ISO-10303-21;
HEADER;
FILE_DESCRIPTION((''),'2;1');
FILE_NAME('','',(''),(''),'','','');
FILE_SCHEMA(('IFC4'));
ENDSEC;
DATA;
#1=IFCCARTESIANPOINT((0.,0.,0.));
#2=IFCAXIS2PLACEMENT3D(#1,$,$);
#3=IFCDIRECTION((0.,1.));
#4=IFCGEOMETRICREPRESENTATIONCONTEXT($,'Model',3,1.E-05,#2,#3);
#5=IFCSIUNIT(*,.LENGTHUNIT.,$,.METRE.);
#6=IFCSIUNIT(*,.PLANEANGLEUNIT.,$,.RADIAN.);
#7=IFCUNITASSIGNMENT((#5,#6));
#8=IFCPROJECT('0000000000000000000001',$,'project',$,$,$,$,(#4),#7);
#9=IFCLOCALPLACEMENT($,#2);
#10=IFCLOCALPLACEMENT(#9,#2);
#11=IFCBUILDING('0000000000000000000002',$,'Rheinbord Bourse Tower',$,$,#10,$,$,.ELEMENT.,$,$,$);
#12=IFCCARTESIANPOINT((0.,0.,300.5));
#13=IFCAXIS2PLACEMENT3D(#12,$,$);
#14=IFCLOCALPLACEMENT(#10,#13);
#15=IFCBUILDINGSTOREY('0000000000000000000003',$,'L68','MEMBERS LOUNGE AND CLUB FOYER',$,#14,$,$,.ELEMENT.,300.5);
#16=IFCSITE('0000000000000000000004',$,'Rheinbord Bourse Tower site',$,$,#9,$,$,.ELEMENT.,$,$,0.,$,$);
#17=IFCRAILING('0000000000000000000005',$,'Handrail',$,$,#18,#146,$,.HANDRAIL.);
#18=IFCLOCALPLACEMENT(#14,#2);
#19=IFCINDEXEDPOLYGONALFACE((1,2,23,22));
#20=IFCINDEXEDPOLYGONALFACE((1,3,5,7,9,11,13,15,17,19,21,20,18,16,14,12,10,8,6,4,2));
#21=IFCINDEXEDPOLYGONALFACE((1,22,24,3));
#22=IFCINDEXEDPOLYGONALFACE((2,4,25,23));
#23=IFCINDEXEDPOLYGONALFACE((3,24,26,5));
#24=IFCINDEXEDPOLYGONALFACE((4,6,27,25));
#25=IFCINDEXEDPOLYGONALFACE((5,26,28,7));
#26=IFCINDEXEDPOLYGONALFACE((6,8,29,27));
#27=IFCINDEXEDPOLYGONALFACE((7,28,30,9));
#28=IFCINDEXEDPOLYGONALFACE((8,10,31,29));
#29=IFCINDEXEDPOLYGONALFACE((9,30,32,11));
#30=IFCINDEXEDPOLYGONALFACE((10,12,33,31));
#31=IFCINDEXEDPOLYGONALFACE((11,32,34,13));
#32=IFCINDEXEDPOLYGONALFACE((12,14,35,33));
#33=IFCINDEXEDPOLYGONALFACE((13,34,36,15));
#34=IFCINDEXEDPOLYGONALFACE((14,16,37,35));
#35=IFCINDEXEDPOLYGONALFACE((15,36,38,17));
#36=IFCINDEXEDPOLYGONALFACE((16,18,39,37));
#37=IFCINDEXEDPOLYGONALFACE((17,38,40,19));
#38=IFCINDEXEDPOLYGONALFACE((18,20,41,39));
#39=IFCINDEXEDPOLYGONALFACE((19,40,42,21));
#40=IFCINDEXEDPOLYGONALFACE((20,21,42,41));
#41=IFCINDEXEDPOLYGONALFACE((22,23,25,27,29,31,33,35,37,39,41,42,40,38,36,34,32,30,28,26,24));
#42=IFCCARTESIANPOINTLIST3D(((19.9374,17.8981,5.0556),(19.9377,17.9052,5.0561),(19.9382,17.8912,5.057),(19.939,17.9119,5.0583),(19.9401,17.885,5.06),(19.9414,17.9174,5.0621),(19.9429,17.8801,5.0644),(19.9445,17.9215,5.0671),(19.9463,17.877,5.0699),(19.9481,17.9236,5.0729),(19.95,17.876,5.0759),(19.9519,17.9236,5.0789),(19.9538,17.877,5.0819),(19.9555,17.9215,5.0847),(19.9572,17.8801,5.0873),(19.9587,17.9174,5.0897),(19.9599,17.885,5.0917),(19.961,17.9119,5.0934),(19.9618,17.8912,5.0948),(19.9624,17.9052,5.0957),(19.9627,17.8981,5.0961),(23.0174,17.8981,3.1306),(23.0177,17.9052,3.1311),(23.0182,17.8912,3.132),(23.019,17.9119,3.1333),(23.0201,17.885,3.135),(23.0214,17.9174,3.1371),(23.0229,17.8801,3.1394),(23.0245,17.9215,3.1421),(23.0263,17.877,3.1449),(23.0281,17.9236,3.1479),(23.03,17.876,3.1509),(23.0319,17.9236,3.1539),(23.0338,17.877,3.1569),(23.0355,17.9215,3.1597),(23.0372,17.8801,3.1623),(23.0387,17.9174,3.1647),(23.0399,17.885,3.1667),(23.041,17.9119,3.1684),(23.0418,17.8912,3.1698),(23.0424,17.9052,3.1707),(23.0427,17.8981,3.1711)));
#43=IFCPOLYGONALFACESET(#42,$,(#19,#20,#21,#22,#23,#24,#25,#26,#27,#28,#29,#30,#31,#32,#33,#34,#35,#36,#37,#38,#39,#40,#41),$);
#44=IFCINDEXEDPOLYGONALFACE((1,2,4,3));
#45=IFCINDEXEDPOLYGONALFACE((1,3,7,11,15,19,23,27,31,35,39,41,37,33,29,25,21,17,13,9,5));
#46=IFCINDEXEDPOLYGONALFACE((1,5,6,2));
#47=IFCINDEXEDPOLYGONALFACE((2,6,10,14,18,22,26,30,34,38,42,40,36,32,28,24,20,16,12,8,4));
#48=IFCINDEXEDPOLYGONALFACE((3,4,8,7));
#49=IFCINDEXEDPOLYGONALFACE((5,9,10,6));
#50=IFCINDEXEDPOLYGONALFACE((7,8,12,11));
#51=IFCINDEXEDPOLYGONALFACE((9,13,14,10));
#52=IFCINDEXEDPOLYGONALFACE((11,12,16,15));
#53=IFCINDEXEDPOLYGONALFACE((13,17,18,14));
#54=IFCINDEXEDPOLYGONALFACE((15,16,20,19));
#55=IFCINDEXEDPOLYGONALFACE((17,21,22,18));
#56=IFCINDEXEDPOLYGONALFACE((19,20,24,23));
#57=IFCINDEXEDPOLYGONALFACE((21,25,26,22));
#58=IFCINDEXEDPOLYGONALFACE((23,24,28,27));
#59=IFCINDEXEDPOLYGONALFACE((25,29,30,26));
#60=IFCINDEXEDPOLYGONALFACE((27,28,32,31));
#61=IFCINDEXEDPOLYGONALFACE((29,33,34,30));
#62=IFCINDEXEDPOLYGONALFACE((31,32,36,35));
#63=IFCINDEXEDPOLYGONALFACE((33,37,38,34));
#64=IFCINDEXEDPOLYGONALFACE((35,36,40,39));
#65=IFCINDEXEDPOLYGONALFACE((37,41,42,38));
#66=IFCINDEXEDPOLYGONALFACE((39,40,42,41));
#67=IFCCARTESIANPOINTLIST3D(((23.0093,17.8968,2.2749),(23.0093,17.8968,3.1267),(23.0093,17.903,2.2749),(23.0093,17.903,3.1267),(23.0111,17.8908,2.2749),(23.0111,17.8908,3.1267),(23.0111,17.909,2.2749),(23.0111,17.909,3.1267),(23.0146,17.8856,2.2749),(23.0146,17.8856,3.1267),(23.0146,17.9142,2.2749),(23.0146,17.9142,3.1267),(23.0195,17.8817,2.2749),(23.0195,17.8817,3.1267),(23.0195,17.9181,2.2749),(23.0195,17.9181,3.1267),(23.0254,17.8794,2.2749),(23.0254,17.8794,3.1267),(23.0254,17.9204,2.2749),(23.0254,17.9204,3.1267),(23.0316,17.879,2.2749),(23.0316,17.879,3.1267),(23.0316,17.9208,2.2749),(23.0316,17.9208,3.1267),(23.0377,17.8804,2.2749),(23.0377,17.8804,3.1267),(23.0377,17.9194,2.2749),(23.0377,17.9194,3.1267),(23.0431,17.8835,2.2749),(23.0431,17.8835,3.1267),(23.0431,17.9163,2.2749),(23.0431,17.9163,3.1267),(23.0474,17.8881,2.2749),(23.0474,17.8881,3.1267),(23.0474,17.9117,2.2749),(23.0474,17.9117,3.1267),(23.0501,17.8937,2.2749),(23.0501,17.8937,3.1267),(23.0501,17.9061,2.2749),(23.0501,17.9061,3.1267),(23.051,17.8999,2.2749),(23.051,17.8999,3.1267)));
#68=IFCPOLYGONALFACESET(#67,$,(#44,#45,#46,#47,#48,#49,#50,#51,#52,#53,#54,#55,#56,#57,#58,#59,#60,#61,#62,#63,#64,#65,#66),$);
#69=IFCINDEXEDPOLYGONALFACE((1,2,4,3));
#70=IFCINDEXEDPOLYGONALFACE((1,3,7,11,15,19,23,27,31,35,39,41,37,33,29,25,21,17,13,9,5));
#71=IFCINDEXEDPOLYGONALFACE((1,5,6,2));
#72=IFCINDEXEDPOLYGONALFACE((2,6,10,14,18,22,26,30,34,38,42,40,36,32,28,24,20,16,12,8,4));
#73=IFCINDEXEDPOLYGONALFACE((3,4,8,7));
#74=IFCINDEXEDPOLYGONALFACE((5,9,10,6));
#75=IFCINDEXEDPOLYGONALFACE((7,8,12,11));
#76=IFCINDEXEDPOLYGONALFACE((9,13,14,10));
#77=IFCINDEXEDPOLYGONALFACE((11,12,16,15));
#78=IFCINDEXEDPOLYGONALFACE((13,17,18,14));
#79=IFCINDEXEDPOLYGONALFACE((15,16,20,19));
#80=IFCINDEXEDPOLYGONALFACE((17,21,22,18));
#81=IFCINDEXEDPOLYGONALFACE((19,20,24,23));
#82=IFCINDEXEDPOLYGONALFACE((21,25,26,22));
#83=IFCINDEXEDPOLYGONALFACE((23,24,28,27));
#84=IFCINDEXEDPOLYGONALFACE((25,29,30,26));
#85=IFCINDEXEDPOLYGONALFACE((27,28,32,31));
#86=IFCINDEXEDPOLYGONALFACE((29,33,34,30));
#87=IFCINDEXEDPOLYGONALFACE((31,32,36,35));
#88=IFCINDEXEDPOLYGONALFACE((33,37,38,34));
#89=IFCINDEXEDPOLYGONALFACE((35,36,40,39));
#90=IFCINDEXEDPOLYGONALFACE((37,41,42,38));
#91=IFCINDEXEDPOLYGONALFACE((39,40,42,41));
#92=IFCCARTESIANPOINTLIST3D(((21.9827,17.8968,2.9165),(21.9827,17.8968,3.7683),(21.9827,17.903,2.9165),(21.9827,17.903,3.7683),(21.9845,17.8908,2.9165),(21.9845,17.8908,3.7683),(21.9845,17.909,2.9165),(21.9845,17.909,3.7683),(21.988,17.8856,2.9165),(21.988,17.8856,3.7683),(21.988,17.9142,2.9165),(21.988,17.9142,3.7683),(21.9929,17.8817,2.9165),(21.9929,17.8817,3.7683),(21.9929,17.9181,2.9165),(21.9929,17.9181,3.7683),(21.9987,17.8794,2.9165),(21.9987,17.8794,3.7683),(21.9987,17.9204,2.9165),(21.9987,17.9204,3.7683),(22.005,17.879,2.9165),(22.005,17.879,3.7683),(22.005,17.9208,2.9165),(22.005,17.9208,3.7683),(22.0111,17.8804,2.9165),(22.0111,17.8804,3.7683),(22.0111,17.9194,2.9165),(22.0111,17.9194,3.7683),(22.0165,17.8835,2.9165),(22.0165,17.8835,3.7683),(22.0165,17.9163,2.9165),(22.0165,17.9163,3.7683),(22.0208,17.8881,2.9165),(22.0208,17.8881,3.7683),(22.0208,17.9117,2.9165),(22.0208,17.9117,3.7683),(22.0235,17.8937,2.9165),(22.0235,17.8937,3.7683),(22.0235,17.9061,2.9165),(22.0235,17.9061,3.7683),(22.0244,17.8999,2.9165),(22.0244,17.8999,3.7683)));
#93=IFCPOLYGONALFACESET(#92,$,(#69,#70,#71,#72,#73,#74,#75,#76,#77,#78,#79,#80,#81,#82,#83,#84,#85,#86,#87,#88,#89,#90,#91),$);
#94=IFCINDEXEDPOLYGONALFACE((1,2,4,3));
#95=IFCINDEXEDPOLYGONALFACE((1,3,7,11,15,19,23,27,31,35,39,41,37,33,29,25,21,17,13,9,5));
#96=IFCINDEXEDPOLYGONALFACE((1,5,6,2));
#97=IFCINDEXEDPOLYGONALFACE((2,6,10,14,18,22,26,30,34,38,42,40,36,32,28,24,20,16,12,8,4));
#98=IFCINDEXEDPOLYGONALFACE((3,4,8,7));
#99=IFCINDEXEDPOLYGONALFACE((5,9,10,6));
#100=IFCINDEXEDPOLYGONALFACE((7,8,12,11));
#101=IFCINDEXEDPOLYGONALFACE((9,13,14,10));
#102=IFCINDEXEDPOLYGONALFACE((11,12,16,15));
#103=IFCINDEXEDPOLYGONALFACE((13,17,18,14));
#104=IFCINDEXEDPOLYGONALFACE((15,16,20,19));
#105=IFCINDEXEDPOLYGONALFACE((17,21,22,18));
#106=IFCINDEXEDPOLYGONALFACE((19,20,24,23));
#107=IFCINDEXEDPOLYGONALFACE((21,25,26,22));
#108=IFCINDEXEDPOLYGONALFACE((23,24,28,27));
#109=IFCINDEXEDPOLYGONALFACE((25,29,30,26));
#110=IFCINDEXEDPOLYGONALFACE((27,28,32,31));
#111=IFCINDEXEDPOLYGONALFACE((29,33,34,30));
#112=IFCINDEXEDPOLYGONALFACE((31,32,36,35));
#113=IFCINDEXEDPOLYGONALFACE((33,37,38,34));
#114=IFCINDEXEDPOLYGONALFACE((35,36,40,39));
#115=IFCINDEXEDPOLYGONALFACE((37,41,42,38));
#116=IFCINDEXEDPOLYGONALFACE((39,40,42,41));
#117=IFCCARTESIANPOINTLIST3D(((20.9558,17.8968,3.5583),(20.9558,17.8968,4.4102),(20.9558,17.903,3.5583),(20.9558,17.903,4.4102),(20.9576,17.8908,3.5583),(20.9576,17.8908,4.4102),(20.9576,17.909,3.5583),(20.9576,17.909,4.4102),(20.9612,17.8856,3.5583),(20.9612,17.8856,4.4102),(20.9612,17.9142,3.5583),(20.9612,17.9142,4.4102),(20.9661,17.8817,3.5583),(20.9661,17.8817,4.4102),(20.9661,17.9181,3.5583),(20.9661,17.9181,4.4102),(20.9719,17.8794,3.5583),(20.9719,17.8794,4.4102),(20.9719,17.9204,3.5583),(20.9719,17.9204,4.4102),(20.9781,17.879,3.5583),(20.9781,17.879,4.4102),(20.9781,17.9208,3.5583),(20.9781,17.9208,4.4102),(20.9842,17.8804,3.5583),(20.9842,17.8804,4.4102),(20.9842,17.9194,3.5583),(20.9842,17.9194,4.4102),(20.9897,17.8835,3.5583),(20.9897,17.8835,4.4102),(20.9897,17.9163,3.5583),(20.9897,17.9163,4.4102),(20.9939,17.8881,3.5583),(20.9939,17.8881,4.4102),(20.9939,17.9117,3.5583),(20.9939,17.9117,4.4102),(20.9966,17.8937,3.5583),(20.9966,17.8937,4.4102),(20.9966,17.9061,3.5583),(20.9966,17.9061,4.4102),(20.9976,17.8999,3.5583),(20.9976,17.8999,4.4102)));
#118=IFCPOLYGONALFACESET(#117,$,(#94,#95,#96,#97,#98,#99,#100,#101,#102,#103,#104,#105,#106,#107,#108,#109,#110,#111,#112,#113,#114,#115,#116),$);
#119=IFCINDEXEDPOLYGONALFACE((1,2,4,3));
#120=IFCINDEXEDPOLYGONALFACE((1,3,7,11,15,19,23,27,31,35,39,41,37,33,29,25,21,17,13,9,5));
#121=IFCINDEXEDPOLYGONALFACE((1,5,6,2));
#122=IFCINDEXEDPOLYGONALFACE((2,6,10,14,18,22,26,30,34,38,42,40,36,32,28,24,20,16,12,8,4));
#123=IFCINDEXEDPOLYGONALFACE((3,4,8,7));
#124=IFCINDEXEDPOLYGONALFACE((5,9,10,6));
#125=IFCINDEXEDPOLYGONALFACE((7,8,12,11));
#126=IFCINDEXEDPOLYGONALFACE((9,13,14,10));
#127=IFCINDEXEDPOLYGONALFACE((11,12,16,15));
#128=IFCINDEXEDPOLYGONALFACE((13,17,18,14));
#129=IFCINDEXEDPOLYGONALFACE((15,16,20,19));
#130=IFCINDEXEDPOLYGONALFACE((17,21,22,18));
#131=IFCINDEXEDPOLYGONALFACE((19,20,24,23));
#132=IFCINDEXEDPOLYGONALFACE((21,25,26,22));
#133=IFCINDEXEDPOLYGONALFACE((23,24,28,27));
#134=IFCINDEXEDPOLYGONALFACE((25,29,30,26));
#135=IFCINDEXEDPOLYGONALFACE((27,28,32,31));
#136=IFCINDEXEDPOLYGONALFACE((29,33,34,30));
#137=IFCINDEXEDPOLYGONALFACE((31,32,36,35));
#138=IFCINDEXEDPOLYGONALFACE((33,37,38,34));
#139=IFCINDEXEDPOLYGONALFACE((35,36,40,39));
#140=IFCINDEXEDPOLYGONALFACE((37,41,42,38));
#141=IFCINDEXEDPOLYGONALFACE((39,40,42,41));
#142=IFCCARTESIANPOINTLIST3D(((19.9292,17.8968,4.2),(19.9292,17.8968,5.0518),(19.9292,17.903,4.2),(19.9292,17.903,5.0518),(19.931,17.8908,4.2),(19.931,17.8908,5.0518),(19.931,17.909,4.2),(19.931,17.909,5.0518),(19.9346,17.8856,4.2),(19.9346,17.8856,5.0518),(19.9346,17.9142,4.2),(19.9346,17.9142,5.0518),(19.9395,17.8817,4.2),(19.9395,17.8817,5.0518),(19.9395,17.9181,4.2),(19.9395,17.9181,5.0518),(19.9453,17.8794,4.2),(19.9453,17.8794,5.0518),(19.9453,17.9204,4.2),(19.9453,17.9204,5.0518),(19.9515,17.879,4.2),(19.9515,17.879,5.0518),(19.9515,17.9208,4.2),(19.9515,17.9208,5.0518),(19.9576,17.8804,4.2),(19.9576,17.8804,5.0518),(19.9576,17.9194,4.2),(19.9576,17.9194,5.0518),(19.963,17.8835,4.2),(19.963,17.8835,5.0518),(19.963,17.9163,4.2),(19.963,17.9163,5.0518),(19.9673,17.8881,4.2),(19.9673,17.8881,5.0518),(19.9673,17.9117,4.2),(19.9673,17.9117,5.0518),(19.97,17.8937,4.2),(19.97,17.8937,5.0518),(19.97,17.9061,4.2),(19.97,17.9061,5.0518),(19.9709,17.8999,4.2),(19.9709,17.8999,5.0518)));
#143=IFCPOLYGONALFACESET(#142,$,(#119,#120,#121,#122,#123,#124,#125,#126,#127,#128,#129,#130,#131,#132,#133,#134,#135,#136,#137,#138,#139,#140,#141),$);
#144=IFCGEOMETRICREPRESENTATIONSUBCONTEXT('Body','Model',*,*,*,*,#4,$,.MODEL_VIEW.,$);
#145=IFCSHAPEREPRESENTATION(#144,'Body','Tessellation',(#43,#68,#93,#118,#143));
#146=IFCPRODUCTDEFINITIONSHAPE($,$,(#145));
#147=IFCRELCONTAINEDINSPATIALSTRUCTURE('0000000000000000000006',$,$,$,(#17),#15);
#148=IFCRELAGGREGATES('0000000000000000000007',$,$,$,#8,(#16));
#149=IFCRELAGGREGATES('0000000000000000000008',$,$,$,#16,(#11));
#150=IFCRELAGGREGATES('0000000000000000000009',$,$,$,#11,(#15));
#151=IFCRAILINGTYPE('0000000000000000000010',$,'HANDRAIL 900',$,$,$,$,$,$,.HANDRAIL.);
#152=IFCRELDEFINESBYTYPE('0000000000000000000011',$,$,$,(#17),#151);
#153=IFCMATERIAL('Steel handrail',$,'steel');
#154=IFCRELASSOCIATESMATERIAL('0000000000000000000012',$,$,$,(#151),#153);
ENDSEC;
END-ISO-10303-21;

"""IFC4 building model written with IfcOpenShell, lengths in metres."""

from ifc_helpers import new_model, si_unit, direction, frame, origin, origin_2d, place, context, subcontext, project, spatial, circle, extrude, material, type_object, element, save


model = new_model("IFC4")

# Units and contexts
model_context = context("Model", 3, precision=1e-05, world=origin(), true_north=direction((0.0, 1.0)))
body_context = subcontext(model_context, "Body", "Model", "MODEL_VIEW")
ifc_project = project(units=[si_unit("LENGTHUNIT", "METRE"), si_unit("PLANEANGLEUNIT", "RADIAN")], contexts=[model_context])

# Site, building, storey
site_placement = place(None, origin())
site = spatial("IfcSite", under=ifc_project, at=site_placement, Name="Rheinbord Bourse Tower site", CompositionType="ELEMENT", RefElevation=0.0)
building_placement = place(site_placement, origin())
building = spatial("IfcBuilding", under=site, at=building_placement, Name="Rheinbord Bourse Tower", CompositionType="ELEMENT")
storey_placement = place(building_placement, frame((0.0, 0.0, 300.5)))
storey = spatial("IfcBuildingStorey", under=building, at=storey_placement, Name="L68", Description="MEMBERS LOUNGE AND CLUB FOYER", CompositionType="ELEMENT", Elevation=300.5)

# Railing
ifc_material_1 = material(Name="Steel handrail", Category="steel")
railing_type = type_object("IfcRailingType", Name="HANDRAIL 900", PredefinedType="HANDRAIL", material=ifc_material_1)
railing_1_placement = place(storey_placement, frame((23.03, 17.8999, 2.2749)))
element("IfcRailing", 1, at=railing_1_placement, inside=storey, type_object=railing_type, Name="Handrail", PredefinedType="HANDRAIL", context=body_context, shape_type="SweptSolid", body=[
    extrude(circle(Radius=0.0239, at=origin_2d()), frame((0.0, 0.0, 0.876), z_axis=(-0.847998, 0.0, 0.529999), x_axis=(0.0, -1.0, 0.0)), (0.0, 0.0, 1.0), 3.6321),
    extrude(circle(Radius=0.021, at=origin_2d()), origin(), (0.0, 0.0, 1.0), 0.8518),
    extrude(circle(Radius=0.021, at=origin_2d()), frame((-1.0266, 0.0, 0.6416)), (0.0, 0.0, 1.0), 0.8518),
    extrude(circle(Radius=0.021, at=origin_2d()), frame((-2.0535, 0.0, 1.2834)), (0.0, 0.0, 1.0), 0.8518),
    extrude(circle(Radius=0.021, at=origin_2d()), frame((-3.0801, 0.0, 1.925)), (0.0, 0.0, 1.0), 0.8518),
])

save(model, "model.ifc")
